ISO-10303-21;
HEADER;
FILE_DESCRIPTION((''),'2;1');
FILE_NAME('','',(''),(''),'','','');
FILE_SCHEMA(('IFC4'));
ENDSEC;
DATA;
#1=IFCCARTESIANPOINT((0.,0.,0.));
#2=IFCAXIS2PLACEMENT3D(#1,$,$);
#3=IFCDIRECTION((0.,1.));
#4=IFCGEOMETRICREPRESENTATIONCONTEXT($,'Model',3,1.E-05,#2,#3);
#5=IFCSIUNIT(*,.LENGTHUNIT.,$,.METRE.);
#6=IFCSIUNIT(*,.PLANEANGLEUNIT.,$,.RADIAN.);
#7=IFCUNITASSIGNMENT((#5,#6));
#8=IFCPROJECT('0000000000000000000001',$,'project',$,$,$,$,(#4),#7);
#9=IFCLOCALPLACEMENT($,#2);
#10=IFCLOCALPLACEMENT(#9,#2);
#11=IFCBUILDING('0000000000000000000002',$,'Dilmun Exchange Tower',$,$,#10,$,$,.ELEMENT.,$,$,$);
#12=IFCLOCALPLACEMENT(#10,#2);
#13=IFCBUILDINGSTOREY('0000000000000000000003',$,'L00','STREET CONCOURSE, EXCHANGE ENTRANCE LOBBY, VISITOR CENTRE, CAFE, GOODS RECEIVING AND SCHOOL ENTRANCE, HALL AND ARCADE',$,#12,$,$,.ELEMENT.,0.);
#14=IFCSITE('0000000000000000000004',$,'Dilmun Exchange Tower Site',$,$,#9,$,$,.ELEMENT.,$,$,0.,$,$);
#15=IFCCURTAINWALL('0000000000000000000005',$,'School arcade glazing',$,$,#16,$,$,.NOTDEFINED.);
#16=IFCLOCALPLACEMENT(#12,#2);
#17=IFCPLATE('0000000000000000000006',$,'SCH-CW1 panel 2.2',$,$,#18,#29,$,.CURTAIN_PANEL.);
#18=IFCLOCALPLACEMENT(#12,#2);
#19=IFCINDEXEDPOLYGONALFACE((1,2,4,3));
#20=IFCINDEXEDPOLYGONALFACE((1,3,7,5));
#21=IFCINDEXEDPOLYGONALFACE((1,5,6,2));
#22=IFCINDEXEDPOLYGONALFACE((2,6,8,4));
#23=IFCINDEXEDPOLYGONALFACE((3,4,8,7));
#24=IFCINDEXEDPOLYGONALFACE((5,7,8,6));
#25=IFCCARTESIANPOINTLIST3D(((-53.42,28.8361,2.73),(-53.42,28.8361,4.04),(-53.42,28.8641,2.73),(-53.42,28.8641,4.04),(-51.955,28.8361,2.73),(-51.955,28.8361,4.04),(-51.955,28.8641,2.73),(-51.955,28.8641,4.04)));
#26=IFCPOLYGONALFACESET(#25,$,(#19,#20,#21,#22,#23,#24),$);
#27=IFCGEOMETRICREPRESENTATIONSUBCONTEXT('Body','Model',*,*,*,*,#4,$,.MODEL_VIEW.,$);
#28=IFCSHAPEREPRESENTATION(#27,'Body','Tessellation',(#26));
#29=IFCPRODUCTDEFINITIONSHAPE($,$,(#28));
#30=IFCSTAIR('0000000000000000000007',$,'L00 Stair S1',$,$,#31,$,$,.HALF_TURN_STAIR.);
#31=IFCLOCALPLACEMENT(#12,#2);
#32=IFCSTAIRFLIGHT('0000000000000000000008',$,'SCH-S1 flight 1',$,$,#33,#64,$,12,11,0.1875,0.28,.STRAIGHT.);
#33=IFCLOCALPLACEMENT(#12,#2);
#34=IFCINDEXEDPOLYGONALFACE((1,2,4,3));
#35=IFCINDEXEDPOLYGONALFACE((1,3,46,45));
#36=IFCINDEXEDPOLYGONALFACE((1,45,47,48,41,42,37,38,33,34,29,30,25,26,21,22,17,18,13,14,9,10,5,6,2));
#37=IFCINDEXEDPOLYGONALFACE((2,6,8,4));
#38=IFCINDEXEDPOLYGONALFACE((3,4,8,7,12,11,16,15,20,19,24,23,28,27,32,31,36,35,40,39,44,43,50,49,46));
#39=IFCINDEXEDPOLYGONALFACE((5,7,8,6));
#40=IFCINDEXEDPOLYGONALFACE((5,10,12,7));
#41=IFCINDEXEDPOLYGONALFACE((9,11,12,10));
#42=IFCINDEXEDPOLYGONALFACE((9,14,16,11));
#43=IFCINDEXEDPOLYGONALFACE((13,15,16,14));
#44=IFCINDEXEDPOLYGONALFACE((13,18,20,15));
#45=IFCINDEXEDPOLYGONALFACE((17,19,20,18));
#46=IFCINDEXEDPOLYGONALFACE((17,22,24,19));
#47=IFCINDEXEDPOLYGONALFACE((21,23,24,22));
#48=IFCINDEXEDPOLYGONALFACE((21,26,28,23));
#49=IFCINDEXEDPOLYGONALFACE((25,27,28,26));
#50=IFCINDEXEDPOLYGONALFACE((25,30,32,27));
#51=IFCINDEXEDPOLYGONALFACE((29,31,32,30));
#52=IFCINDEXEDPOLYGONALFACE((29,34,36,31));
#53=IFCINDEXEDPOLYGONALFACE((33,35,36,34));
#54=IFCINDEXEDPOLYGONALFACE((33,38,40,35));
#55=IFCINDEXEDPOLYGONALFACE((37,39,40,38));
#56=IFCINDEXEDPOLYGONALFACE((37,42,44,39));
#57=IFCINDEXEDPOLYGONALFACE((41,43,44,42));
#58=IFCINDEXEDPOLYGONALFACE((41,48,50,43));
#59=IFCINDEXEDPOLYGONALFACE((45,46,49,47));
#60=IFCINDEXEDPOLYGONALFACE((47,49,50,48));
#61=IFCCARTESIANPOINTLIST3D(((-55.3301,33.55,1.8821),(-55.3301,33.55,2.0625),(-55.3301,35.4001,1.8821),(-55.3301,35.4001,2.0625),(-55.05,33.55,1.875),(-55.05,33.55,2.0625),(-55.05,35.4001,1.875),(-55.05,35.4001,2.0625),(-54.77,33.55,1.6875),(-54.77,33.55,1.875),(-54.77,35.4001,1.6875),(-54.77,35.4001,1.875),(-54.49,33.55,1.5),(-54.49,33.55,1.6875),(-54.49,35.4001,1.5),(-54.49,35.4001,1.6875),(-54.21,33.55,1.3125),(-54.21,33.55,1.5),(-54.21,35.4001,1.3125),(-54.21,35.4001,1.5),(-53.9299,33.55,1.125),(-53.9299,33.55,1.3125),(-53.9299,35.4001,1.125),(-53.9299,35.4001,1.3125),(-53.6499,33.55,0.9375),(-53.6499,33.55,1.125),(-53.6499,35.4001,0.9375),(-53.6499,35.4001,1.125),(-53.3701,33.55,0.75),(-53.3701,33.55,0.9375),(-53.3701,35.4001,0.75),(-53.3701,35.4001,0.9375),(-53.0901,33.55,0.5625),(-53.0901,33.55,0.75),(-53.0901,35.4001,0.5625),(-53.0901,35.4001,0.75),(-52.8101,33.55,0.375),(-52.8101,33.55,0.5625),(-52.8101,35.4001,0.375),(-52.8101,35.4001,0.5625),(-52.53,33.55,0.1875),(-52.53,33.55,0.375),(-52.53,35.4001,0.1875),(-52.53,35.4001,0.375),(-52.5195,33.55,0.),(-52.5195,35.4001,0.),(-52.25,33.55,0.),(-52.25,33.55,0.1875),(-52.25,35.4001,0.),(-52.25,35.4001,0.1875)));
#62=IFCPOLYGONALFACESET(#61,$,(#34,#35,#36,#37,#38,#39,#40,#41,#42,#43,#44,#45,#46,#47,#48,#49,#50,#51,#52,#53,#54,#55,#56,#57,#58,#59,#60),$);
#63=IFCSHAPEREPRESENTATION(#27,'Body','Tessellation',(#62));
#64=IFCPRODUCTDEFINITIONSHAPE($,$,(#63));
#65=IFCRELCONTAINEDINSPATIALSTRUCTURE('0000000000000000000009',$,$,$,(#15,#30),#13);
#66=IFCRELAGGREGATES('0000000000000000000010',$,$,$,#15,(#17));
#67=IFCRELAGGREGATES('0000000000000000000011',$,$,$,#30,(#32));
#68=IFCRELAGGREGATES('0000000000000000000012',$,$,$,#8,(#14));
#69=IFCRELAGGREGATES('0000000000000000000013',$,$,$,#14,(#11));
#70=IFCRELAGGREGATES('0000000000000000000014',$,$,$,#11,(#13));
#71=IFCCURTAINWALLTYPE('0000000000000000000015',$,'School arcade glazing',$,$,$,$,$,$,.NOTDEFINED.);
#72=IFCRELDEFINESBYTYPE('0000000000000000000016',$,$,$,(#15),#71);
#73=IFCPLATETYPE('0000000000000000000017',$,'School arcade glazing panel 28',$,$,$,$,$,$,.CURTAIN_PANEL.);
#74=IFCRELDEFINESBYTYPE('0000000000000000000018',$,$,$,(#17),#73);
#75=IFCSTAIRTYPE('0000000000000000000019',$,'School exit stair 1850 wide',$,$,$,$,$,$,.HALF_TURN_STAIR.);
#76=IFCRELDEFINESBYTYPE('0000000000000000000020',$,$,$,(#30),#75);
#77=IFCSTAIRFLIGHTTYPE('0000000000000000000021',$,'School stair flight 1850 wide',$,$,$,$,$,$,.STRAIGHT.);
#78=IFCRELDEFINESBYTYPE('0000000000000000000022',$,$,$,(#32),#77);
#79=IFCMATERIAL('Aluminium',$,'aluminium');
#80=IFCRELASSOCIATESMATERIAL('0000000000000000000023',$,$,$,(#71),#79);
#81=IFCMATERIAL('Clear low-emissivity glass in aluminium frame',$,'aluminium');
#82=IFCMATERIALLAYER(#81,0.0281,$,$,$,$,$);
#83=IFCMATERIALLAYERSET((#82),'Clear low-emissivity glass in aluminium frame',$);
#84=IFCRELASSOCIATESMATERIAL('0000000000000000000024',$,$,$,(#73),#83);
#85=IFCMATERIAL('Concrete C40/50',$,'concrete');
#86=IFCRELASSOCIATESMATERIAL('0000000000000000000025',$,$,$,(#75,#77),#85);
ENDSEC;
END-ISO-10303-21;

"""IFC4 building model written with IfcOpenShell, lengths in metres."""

from ifc_helpers import new_model, si_unit, direction, frame, origin, origin_2d, place, context, subcontext, project, spatial, polyline, rectangle, outline, extrude, material, layer, layer_set, type_object, element, aggregate, save


model = new_model("IFC4")

# Units and contexts
model_context = context("Model", 3, precision=1e-05, world=origin(), true_north=direction((0.0, 1.0)))
body_context = subcontext(model_context, "Body", "Model", "MODEL_VIEW")
ifc_project = project(units=[si_unit("LENGTHUNIT", "METRE"), si_unit("PLANEANGLEUNIT", "RADIAN")], contexts=[model_context])

# Site, building, storey
site_placement = place(None, origin())
site = spatial("IfcSite", under=ifc_project, at=site_placement, Name="Dilmun Exchange Tower Site", CompositionType="ELEMENT", RefElevation=0.0)
building_placement = place(site_placement, origin())
building = spatial("IfcBuilding", under=site, at=building_placement, Name="Dilmun Exchange Tower", CompositionType="ELEMENT")
storey_placement = place(building_placement, origin())
storey = spatial("IfcBuildingStorey", under=building, at=storey_placement, Name="L00", Description="STREET CONCOURSE, EXCHANGE ENTRANCE LOBBY, VISITOR CENTRE, CAFE, GOODS RECEIVING AND SCHOOL ENTRANCE, HALL AND ARCADE", CompositionType="ELEMENT", Elevation=0.0)

# Curtain wall, plate
ifc_material_1 = material(Name="Aluminium", Category="aluminium")
curtain_wall_type = type_object("IfcCurtainWallType", Name="School arcade glazing", PredefinedType="NOTDEFINED", material=ifc_material_1)
curtain_wall_placement = place(storey_placement, origin())
curtain_wall = element("IfcCurtainWall", 1, at=curtain_wall_placement, inside=storey, type_object=curtain_wall_type, Name="School arcade glazing", PredefinedType="NOTDEFINED")
ifc_material_2 = material(Name="Clear low-emissivity glass in aluminium frame", Category="aluminium")
ifc_layer = layer(ifc_material_2, 0.0281)
ifc_layer_set = layer_set([ifc_layer], Name="Clear low-emissivity glass in aluminium frame")
plate_type = type_object("IfcPlateType", Name="School arcade glazing panel 28", PredefinedType="CURTAIN_PANEL", material=ifc_layer_set)
plate_1_placement = place(storey_placement, frame((-52.6875, 28.8501, 2.73), z_axis=(0.0, 0.0, 1.0), x_axis=(-1.0, 0.0, 0.0)))
plate_1 = element("IfcPlate", 2, at=plate_1_placement, type_object=plate_type, Name="SCH-CW1 panel 2.2", PredefinedType="CURTAIN_PANEL", context=body_context, shape_type="SweptSolid", body=[
    extrude(rectangle(XDim=1.4651, YDim=0.0281, at=origin_2d()), origin(), (0.0, 0.0, 1.0), 1.3101),
])
aggregate(curtain_wall, [plate_1])

# Stair, stair flight
ifc_material_3 = material(Name="Concrete C40/50", Category="concrete")
stair_type = type_object("IfcStairType", Name="School exit stair 1850 wide", PredefinedType="HALF_TURN_STAIR", material=ifc_material_3)
stair_placement = place(storey_placement, origin())
stair = element("IfcStair", 3, at=stair_placement, inside=storey, type_object=stair_type, Name="L00 Stair S1", PredefinedType="HALF_TURN_STAIR")
stair_flight_type = type_object("IfcStairFlightType", Name="School stair flight 1850 wide", PredefinedType="STRAIGHT", material=ifc_material_3)
stair_flight_placement = place(storey_placement, frame((-52.25, 34.4751, 0.0), z_axis=(0.0, 0.0, 1.0), x_axis=(-1.0, 0.0, 0.0)))
stair_flight = element("IfcStairFlight", 4, at=stair_flight_placement, type_object=stair_flight_type, Name="SCH-S1 flight 1", NumberOfRisers=12, NumberOfTreads=11, PredefinedType="STRAIGHT", RiserHeight=0.1875, TreadLength=0.28, context=body_context, shape_type="SweptSolid", body=[
    extrude(outline(polyline([(0.0, 0.0), (0.0, 0.1875), (0.28, 0.1875), (0.28, 0.375), (0.5601, 0.375), (0.5601, 0.5625), (0.8401, 0.5625), (0.8401, 0.75), (1.1201, 0.75), (1.1201, 0.9375), (1.3999, 0.9375), (1.3999, 1.125), (1.6799, 1.125), (1.6799, 1.3125), (1.96, 1.3125), (1.96, 1.5), (2.24, 1.5), (2.24, 1.6875), (2.52, 1.6875), (2.52, 1.875), (2.8, 1.875), (2.8, 2.0625), (3.0801, 2.0625), (3.0801, 2.25), (3.0801, 1.8821), (0.2695, 0.0), (0.0, 0.0)])), frame((0.0, 0.925, 0.0), z_axis=(0.0, -1.0, 0.0), x_axis=(1.0, 0.0, 0.0)), (0.0, 0.0, 1.0), 1.8501),
])
aggregate(stair, [stair_flight])

save(model, "model.ifc")
